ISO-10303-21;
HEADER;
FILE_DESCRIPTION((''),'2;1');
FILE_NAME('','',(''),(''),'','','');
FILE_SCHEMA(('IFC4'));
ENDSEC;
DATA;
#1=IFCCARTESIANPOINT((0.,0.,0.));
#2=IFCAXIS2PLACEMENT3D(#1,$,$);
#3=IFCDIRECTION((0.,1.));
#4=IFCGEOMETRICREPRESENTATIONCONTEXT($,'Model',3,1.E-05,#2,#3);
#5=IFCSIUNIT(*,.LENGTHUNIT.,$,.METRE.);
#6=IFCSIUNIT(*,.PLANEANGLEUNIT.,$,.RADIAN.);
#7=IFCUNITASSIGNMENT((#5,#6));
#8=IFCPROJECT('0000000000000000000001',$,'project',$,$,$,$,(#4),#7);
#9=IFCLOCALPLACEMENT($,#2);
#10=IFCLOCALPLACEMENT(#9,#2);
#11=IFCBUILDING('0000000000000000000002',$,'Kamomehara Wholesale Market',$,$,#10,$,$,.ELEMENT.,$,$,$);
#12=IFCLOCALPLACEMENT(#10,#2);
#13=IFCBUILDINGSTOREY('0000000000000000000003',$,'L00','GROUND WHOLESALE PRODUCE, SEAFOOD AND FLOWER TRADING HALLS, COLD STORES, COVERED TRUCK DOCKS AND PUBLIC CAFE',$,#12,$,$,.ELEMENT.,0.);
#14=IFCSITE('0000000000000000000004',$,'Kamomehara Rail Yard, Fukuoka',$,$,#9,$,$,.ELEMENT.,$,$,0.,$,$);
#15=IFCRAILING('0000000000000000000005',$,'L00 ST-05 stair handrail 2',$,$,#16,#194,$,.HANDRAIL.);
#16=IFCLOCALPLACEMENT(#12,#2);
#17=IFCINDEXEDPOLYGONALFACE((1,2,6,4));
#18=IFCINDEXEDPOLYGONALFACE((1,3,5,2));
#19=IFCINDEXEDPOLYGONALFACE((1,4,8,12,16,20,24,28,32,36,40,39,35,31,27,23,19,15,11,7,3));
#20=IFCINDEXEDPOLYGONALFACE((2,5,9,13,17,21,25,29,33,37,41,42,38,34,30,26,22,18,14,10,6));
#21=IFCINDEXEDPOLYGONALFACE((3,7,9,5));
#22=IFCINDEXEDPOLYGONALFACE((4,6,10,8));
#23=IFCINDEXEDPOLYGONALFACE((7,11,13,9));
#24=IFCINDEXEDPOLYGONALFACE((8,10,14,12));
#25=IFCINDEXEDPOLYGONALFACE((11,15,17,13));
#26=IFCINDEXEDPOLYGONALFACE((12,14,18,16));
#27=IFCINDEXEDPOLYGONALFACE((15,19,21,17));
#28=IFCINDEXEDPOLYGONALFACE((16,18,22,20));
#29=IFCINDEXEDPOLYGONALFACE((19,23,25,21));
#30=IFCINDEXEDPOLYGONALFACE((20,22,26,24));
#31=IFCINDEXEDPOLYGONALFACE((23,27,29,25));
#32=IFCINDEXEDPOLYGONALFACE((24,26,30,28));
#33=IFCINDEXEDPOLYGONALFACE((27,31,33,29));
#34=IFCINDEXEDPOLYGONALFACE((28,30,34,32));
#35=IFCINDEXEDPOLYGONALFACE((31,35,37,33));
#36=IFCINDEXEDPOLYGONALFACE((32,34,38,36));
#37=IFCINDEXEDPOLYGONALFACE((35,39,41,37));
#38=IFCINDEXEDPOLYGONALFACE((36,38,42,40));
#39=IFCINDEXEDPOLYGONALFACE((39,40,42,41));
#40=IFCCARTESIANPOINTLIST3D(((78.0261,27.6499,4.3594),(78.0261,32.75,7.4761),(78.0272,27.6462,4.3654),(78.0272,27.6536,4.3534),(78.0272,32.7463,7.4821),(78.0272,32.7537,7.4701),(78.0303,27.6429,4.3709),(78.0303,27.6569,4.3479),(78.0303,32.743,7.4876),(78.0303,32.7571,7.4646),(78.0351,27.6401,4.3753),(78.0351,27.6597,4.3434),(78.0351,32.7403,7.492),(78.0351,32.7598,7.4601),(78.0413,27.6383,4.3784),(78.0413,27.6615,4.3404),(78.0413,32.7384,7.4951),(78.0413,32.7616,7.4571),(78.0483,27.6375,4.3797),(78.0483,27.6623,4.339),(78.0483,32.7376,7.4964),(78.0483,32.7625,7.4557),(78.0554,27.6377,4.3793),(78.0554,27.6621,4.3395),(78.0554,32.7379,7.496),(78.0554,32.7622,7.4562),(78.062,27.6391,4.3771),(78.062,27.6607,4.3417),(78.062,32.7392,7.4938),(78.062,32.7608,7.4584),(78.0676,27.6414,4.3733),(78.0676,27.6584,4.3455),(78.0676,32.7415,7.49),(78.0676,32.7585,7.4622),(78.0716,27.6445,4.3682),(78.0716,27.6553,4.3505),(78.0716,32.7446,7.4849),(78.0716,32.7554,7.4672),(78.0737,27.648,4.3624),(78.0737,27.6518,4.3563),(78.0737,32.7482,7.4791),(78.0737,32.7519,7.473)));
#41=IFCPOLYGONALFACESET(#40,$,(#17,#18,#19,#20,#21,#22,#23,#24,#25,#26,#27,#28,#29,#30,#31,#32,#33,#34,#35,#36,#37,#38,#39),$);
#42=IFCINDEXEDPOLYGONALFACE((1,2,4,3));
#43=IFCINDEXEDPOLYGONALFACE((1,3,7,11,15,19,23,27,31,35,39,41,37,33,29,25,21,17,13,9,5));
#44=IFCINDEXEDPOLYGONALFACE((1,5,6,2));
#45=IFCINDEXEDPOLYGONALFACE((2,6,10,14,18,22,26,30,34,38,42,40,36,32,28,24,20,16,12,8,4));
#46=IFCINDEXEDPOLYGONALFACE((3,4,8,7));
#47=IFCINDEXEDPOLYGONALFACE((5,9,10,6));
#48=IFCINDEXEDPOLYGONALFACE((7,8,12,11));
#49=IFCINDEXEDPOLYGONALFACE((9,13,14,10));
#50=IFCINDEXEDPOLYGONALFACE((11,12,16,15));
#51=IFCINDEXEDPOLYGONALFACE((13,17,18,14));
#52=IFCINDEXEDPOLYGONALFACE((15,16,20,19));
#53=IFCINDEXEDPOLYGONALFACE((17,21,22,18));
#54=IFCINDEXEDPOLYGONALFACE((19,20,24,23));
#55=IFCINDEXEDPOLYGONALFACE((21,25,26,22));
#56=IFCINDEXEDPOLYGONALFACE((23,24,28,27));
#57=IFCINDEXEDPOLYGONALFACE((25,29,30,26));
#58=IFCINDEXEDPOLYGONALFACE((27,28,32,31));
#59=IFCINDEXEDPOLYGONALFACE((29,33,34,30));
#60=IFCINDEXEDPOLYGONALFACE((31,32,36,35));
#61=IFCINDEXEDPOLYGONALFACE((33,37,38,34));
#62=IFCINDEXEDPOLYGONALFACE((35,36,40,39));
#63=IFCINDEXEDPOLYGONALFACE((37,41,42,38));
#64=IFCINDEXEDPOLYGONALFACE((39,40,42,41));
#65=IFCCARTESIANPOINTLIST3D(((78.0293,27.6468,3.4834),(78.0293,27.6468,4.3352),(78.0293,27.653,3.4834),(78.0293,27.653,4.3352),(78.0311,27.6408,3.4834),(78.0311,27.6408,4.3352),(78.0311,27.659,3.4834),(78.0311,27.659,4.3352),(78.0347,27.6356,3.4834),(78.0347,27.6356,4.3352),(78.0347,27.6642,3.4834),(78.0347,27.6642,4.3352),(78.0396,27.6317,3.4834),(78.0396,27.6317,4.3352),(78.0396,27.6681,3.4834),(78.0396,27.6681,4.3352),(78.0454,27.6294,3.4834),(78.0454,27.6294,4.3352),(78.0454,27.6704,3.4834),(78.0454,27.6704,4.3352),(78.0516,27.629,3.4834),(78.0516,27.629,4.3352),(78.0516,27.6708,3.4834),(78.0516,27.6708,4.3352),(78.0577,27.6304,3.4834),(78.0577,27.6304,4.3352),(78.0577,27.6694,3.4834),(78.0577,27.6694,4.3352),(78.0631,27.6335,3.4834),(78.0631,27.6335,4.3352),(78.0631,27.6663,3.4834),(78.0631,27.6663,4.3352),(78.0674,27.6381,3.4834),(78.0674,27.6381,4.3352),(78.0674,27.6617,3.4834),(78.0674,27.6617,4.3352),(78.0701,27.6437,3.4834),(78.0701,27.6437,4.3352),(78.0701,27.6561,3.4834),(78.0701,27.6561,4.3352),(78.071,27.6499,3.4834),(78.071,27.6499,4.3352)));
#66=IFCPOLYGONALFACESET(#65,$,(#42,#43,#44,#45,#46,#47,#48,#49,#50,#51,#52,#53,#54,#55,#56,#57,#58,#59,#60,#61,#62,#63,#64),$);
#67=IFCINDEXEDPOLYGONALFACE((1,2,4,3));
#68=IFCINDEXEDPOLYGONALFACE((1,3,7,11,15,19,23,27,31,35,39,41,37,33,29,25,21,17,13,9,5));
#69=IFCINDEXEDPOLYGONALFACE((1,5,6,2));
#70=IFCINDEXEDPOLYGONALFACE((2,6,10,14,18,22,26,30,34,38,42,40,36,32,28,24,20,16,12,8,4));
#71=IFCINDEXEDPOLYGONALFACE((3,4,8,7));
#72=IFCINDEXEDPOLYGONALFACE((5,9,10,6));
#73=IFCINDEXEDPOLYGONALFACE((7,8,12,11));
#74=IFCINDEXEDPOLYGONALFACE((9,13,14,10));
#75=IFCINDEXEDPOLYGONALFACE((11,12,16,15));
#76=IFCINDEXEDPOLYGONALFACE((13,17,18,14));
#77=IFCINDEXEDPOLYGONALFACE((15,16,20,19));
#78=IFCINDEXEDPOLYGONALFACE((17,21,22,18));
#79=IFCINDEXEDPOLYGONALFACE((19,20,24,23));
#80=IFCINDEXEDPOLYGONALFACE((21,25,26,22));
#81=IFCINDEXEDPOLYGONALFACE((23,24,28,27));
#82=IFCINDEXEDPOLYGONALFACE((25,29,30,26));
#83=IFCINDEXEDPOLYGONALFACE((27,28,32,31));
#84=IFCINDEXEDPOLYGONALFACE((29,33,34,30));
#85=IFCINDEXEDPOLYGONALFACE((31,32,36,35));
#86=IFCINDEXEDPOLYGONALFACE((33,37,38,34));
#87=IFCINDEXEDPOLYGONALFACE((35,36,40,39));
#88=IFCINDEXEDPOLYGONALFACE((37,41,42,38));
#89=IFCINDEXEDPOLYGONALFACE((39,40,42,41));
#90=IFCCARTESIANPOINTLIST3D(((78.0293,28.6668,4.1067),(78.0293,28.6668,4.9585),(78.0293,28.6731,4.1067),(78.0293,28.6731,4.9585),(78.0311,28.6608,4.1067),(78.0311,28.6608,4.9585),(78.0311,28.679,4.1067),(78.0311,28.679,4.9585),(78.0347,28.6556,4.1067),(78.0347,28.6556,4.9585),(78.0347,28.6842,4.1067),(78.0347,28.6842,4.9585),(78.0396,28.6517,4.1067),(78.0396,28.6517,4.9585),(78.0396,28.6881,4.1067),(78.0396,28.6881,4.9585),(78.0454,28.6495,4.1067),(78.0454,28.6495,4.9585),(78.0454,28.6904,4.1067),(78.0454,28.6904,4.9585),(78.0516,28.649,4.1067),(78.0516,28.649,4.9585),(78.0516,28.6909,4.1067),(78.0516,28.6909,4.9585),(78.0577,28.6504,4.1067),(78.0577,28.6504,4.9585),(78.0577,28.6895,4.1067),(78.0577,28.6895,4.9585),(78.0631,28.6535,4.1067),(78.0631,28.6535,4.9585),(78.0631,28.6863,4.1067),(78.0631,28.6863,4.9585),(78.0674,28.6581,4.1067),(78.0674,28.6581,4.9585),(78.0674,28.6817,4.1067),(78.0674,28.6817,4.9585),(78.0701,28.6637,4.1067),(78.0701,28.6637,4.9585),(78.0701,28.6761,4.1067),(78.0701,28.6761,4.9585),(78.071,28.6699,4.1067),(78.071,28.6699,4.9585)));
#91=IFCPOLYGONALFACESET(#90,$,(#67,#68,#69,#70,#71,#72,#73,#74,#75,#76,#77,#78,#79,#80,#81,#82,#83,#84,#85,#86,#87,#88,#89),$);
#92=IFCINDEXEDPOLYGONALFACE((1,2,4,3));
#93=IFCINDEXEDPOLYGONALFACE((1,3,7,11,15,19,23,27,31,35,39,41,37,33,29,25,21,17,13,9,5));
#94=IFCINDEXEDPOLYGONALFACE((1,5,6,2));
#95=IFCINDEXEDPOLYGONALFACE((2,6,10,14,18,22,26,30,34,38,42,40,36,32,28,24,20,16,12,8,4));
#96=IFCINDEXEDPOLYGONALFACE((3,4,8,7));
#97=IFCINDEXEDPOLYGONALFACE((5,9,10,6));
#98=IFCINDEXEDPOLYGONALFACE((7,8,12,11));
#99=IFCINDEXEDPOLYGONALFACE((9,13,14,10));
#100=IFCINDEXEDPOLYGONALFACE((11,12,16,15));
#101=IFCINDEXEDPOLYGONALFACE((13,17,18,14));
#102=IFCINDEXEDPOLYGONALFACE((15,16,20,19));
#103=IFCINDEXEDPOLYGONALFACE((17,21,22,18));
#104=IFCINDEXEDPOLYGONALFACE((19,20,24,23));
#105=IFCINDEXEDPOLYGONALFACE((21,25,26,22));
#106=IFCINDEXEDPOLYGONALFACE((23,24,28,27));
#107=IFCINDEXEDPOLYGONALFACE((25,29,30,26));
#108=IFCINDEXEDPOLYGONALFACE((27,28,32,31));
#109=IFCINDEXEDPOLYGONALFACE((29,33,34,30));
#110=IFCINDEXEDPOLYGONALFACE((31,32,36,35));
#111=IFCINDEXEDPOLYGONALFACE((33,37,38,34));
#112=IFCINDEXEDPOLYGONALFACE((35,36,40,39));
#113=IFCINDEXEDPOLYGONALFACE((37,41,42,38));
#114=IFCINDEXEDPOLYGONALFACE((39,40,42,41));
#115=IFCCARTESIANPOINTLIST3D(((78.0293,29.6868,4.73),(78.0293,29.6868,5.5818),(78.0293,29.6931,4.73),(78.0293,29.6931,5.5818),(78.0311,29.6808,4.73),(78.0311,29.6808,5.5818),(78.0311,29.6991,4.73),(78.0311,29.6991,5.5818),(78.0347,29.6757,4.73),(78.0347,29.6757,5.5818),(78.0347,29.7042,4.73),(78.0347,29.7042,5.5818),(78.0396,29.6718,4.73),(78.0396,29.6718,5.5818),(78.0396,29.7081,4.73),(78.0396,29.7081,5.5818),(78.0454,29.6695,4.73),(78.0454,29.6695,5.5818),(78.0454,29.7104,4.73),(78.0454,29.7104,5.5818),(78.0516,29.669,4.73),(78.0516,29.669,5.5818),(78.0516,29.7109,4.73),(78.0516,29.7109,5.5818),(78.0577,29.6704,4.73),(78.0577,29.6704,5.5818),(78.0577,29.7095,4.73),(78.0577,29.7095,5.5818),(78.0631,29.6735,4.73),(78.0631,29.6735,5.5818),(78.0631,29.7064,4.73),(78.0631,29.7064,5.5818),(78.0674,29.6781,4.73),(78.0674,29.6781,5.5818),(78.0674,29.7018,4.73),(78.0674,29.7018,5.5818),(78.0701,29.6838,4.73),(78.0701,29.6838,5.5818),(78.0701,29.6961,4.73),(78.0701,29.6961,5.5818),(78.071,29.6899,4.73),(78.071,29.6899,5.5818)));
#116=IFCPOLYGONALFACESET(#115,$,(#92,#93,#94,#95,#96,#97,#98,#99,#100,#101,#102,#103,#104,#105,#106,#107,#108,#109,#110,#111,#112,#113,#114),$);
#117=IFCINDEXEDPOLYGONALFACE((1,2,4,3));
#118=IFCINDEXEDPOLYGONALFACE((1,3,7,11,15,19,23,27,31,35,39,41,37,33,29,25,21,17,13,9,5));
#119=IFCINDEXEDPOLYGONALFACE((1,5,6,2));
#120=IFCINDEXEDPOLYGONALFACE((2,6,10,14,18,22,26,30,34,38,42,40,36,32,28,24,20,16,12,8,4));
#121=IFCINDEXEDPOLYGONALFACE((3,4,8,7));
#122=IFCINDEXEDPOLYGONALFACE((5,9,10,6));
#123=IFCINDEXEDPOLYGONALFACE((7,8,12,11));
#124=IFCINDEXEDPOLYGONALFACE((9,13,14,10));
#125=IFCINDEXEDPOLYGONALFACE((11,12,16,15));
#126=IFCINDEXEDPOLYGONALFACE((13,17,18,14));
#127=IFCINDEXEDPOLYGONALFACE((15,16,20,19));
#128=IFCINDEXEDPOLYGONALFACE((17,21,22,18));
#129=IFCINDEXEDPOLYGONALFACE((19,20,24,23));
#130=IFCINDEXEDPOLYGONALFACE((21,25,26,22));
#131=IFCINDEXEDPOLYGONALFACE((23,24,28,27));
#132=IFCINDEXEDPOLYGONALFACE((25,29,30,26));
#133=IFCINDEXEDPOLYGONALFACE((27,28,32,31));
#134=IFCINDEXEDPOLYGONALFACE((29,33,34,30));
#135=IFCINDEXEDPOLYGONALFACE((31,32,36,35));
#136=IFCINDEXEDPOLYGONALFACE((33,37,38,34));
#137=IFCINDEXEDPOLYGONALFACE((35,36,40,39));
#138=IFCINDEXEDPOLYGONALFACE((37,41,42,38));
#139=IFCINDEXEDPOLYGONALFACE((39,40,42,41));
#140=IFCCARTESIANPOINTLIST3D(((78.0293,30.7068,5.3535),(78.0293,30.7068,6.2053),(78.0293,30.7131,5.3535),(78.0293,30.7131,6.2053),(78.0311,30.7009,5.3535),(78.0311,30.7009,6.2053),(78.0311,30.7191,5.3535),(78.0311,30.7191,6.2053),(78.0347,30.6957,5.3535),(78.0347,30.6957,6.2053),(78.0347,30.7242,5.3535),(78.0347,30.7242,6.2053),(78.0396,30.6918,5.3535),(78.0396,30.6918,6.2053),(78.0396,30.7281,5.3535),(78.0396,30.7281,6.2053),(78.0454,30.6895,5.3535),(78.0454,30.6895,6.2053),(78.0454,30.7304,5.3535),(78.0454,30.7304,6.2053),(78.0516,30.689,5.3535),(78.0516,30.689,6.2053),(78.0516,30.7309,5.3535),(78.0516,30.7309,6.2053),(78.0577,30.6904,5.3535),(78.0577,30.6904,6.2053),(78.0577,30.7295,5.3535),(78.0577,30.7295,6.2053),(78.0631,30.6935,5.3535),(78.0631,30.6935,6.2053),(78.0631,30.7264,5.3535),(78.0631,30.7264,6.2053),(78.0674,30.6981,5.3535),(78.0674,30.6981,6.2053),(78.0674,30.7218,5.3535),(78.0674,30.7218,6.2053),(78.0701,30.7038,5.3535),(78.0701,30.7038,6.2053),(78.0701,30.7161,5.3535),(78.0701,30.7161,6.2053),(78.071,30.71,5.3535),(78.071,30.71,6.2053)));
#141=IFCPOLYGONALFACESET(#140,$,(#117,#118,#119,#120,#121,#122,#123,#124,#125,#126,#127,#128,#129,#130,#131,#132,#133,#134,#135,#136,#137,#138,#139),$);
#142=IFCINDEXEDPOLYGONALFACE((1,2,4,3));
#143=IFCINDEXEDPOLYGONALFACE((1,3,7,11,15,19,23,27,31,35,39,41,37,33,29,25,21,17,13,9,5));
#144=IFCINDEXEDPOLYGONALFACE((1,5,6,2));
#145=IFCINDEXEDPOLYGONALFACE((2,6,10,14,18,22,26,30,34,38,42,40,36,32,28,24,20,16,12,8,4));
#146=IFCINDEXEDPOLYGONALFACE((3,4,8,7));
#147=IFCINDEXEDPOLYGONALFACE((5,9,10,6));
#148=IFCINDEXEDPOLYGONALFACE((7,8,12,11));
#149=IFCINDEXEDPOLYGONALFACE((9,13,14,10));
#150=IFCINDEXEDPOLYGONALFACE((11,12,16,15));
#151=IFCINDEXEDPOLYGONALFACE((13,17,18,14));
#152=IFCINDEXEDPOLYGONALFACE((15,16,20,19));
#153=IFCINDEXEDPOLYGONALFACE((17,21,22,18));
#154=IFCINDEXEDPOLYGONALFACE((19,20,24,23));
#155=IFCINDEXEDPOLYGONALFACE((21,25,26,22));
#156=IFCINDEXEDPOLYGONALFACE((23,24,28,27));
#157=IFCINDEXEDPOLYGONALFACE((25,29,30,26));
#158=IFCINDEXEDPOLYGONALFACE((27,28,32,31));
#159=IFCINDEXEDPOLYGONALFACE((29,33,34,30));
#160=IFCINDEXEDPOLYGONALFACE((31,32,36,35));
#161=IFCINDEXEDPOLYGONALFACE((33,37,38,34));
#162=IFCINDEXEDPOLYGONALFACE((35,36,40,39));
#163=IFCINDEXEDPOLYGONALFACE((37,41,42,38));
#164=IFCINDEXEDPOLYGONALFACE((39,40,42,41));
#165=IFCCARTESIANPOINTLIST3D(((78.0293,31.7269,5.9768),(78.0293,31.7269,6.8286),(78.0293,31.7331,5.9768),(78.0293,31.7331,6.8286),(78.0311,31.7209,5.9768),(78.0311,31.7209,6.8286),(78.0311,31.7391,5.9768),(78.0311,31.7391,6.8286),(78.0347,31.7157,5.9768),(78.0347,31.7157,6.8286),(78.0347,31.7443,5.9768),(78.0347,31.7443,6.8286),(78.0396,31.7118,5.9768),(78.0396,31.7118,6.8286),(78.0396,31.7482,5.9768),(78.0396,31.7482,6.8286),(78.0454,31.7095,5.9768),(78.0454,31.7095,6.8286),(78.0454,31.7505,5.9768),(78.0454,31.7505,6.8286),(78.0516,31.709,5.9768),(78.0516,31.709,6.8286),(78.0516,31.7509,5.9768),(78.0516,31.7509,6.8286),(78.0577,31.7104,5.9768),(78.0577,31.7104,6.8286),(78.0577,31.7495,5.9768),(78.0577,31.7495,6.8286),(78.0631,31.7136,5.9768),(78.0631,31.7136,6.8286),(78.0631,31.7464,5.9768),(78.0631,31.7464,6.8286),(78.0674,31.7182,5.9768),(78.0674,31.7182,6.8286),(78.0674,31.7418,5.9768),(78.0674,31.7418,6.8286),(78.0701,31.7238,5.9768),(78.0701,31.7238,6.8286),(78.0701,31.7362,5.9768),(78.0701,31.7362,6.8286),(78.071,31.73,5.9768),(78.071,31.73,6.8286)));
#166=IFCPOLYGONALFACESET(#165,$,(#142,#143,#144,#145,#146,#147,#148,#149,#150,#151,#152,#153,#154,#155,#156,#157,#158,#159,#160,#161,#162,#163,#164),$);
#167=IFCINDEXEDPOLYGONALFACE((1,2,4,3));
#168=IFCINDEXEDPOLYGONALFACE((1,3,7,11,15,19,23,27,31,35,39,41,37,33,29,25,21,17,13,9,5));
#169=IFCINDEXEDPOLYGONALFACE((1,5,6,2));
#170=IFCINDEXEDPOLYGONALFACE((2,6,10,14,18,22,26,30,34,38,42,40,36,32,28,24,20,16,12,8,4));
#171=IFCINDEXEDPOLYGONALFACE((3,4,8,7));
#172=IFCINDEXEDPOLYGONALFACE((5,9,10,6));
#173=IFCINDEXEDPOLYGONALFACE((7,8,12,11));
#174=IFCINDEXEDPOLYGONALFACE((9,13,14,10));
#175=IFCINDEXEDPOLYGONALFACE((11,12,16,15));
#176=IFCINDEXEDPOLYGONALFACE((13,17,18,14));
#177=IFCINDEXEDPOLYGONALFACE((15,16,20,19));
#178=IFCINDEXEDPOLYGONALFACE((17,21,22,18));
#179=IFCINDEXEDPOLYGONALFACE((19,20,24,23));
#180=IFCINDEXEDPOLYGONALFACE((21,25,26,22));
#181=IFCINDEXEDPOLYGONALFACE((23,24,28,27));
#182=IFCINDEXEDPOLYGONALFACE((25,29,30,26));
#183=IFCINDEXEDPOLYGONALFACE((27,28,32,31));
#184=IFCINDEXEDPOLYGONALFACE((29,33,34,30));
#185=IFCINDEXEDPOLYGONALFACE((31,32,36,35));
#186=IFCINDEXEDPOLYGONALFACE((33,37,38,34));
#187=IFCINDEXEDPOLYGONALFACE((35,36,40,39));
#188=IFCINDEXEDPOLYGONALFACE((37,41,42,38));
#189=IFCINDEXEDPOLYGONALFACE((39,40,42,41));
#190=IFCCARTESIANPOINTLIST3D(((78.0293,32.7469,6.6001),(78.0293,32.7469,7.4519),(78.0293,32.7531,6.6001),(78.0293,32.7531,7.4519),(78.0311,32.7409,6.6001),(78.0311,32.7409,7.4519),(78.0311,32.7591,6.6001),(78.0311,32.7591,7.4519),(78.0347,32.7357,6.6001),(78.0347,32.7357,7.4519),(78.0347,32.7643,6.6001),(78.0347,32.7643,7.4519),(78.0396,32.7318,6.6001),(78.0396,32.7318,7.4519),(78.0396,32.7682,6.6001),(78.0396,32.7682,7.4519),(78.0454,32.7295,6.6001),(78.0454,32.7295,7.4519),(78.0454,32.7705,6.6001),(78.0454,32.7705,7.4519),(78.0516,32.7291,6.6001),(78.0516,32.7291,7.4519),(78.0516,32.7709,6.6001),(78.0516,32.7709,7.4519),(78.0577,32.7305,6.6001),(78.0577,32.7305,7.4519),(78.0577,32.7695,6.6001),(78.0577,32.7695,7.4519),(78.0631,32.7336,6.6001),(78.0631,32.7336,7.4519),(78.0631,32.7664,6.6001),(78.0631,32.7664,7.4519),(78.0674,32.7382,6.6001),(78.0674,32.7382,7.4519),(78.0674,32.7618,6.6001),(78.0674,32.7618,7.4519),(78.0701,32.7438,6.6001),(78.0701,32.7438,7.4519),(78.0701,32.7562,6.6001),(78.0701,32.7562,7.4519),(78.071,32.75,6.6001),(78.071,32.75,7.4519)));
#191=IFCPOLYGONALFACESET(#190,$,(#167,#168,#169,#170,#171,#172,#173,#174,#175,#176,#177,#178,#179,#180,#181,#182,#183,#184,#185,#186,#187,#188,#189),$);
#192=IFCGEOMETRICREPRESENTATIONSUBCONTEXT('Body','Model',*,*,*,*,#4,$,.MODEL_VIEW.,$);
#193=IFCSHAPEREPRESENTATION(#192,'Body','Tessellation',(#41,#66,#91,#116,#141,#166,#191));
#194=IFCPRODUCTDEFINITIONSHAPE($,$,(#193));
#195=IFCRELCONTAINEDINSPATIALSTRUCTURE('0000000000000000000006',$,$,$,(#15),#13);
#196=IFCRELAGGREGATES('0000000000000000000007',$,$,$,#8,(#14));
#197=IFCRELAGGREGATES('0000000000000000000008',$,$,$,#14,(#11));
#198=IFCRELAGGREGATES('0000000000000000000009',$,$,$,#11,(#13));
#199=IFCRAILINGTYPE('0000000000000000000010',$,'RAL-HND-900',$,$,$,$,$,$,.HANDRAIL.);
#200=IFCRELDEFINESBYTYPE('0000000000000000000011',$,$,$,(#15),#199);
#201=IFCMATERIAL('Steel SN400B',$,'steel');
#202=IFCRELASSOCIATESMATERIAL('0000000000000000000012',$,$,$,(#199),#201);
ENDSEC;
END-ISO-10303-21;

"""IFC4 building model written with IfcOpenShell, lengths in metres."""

from ifc_helpers import new_model, si_unit, direction, frame, origin, origin_2d, place, context, subcontext, project, spatial, circle, extrude, material, type_object, element, save


model = new_model("IFC4")

# Units and contexts
model_context = context("Model", 3, precision=1e-05, world=origin(), true_north=direction((0.0, 1.0)))
body_context = subcontext(model_context, "Body", "Model", "MODEL_VIEW")
ifc_project = project(units=[si_unit("LENGTHUNIT", "METRE"), si_unit("PLANEANGLEUNIT", "RADIAN")], contexts=[model_context])

# Site, building, storey
site_placement = place(None, origin())
site = spatial("IfcSite", under=ifc_project, at=site_placement, Name="Kamomehara Rail Yard, Fukuoka", CompositionType="ELEMENT", RefElevation=0.0)
building_placement = place(site_placement, origin())
building = spatial("IfcBuilding", under=site, at=building_placement, Name="Kamomehara Wholesale Market", CompositionType="ELEMENT")
storey_placement = place(building_placement, origin())
storey = spatial("IfcBuildingStorey", under=building, at=storey_placement, Name="L00", Description="GROUND WHOLESALE PRODUCE, SEAFOOD AND FLOWER TRADING HALLS, COLD STORES, COVERED TRUCK DOCKS AND PUBLIC CAFE", CompositionType="ELEMENT", Elevation=0.0)

# Railing
ifc_material_1 = material(Name="Steel SN400B", Category="steel")
railing_type_1 = type_object("IfcRailingType", Name="RAL-HND-900", PredefinedType="HANDRAIL", material=ifc_material_1)
railing_1_placement = place(storey_placement, frame((78.05, 27.6499, 3.4834)))
element("IfcRailing", 1, at=railing_1_placement, inside=storey, type_object=railing_type_1, Name="L00 ST-05 stair handrail 2", PredefinedType="HANDRAIL", context=body_context, shape_type="SweptSolid", body=[
    extrude(circle(Radius=0.0239, at=origin_2d()), frame((0.0, 0.0, 0.876), z_axis=(0.0, 0.853284, 0.521447), x_axis=(-1.0, 0.0, 0.0)), (0.0, 0.0, 1.0), 5.9771),
    extrude(circle(Radius=0.021, at=origin_2d()), origin(), (0.0, 0.0, 1.0), 0.8518),
    extrude(circle(Radius=0.021, at=origin_2d()), frame((0.0, 1.02, 0.6233)), (0.0, 0.0, 1.0), 0.8518),
    extrude(circle(Radius=0.021, at=origin_2d()), frame((0.0, 2.04, 1.2466)), (0.0, 0.0, 1.0), 0.8518),
    extrude(circle(Radius=0.021, at=origin_2d()), frame((0.0, 3.0601, 1.8701)), (0.0, 0.0, 1.0), 0.8518),
    extrude(circle(Radius=0.021, at=origin_2d()), frame((0.0, 4.0801, 2.4934)), (0.0, 0.0, 1.0), 0.8518),
    extrude(circle(Radius=0.021, at=origin_2d()), frame((0.0, 5.1001, 3.1167)), (0.0, 0.0, 1.0), 0.8518),
])

save(model, "model.ifc")
